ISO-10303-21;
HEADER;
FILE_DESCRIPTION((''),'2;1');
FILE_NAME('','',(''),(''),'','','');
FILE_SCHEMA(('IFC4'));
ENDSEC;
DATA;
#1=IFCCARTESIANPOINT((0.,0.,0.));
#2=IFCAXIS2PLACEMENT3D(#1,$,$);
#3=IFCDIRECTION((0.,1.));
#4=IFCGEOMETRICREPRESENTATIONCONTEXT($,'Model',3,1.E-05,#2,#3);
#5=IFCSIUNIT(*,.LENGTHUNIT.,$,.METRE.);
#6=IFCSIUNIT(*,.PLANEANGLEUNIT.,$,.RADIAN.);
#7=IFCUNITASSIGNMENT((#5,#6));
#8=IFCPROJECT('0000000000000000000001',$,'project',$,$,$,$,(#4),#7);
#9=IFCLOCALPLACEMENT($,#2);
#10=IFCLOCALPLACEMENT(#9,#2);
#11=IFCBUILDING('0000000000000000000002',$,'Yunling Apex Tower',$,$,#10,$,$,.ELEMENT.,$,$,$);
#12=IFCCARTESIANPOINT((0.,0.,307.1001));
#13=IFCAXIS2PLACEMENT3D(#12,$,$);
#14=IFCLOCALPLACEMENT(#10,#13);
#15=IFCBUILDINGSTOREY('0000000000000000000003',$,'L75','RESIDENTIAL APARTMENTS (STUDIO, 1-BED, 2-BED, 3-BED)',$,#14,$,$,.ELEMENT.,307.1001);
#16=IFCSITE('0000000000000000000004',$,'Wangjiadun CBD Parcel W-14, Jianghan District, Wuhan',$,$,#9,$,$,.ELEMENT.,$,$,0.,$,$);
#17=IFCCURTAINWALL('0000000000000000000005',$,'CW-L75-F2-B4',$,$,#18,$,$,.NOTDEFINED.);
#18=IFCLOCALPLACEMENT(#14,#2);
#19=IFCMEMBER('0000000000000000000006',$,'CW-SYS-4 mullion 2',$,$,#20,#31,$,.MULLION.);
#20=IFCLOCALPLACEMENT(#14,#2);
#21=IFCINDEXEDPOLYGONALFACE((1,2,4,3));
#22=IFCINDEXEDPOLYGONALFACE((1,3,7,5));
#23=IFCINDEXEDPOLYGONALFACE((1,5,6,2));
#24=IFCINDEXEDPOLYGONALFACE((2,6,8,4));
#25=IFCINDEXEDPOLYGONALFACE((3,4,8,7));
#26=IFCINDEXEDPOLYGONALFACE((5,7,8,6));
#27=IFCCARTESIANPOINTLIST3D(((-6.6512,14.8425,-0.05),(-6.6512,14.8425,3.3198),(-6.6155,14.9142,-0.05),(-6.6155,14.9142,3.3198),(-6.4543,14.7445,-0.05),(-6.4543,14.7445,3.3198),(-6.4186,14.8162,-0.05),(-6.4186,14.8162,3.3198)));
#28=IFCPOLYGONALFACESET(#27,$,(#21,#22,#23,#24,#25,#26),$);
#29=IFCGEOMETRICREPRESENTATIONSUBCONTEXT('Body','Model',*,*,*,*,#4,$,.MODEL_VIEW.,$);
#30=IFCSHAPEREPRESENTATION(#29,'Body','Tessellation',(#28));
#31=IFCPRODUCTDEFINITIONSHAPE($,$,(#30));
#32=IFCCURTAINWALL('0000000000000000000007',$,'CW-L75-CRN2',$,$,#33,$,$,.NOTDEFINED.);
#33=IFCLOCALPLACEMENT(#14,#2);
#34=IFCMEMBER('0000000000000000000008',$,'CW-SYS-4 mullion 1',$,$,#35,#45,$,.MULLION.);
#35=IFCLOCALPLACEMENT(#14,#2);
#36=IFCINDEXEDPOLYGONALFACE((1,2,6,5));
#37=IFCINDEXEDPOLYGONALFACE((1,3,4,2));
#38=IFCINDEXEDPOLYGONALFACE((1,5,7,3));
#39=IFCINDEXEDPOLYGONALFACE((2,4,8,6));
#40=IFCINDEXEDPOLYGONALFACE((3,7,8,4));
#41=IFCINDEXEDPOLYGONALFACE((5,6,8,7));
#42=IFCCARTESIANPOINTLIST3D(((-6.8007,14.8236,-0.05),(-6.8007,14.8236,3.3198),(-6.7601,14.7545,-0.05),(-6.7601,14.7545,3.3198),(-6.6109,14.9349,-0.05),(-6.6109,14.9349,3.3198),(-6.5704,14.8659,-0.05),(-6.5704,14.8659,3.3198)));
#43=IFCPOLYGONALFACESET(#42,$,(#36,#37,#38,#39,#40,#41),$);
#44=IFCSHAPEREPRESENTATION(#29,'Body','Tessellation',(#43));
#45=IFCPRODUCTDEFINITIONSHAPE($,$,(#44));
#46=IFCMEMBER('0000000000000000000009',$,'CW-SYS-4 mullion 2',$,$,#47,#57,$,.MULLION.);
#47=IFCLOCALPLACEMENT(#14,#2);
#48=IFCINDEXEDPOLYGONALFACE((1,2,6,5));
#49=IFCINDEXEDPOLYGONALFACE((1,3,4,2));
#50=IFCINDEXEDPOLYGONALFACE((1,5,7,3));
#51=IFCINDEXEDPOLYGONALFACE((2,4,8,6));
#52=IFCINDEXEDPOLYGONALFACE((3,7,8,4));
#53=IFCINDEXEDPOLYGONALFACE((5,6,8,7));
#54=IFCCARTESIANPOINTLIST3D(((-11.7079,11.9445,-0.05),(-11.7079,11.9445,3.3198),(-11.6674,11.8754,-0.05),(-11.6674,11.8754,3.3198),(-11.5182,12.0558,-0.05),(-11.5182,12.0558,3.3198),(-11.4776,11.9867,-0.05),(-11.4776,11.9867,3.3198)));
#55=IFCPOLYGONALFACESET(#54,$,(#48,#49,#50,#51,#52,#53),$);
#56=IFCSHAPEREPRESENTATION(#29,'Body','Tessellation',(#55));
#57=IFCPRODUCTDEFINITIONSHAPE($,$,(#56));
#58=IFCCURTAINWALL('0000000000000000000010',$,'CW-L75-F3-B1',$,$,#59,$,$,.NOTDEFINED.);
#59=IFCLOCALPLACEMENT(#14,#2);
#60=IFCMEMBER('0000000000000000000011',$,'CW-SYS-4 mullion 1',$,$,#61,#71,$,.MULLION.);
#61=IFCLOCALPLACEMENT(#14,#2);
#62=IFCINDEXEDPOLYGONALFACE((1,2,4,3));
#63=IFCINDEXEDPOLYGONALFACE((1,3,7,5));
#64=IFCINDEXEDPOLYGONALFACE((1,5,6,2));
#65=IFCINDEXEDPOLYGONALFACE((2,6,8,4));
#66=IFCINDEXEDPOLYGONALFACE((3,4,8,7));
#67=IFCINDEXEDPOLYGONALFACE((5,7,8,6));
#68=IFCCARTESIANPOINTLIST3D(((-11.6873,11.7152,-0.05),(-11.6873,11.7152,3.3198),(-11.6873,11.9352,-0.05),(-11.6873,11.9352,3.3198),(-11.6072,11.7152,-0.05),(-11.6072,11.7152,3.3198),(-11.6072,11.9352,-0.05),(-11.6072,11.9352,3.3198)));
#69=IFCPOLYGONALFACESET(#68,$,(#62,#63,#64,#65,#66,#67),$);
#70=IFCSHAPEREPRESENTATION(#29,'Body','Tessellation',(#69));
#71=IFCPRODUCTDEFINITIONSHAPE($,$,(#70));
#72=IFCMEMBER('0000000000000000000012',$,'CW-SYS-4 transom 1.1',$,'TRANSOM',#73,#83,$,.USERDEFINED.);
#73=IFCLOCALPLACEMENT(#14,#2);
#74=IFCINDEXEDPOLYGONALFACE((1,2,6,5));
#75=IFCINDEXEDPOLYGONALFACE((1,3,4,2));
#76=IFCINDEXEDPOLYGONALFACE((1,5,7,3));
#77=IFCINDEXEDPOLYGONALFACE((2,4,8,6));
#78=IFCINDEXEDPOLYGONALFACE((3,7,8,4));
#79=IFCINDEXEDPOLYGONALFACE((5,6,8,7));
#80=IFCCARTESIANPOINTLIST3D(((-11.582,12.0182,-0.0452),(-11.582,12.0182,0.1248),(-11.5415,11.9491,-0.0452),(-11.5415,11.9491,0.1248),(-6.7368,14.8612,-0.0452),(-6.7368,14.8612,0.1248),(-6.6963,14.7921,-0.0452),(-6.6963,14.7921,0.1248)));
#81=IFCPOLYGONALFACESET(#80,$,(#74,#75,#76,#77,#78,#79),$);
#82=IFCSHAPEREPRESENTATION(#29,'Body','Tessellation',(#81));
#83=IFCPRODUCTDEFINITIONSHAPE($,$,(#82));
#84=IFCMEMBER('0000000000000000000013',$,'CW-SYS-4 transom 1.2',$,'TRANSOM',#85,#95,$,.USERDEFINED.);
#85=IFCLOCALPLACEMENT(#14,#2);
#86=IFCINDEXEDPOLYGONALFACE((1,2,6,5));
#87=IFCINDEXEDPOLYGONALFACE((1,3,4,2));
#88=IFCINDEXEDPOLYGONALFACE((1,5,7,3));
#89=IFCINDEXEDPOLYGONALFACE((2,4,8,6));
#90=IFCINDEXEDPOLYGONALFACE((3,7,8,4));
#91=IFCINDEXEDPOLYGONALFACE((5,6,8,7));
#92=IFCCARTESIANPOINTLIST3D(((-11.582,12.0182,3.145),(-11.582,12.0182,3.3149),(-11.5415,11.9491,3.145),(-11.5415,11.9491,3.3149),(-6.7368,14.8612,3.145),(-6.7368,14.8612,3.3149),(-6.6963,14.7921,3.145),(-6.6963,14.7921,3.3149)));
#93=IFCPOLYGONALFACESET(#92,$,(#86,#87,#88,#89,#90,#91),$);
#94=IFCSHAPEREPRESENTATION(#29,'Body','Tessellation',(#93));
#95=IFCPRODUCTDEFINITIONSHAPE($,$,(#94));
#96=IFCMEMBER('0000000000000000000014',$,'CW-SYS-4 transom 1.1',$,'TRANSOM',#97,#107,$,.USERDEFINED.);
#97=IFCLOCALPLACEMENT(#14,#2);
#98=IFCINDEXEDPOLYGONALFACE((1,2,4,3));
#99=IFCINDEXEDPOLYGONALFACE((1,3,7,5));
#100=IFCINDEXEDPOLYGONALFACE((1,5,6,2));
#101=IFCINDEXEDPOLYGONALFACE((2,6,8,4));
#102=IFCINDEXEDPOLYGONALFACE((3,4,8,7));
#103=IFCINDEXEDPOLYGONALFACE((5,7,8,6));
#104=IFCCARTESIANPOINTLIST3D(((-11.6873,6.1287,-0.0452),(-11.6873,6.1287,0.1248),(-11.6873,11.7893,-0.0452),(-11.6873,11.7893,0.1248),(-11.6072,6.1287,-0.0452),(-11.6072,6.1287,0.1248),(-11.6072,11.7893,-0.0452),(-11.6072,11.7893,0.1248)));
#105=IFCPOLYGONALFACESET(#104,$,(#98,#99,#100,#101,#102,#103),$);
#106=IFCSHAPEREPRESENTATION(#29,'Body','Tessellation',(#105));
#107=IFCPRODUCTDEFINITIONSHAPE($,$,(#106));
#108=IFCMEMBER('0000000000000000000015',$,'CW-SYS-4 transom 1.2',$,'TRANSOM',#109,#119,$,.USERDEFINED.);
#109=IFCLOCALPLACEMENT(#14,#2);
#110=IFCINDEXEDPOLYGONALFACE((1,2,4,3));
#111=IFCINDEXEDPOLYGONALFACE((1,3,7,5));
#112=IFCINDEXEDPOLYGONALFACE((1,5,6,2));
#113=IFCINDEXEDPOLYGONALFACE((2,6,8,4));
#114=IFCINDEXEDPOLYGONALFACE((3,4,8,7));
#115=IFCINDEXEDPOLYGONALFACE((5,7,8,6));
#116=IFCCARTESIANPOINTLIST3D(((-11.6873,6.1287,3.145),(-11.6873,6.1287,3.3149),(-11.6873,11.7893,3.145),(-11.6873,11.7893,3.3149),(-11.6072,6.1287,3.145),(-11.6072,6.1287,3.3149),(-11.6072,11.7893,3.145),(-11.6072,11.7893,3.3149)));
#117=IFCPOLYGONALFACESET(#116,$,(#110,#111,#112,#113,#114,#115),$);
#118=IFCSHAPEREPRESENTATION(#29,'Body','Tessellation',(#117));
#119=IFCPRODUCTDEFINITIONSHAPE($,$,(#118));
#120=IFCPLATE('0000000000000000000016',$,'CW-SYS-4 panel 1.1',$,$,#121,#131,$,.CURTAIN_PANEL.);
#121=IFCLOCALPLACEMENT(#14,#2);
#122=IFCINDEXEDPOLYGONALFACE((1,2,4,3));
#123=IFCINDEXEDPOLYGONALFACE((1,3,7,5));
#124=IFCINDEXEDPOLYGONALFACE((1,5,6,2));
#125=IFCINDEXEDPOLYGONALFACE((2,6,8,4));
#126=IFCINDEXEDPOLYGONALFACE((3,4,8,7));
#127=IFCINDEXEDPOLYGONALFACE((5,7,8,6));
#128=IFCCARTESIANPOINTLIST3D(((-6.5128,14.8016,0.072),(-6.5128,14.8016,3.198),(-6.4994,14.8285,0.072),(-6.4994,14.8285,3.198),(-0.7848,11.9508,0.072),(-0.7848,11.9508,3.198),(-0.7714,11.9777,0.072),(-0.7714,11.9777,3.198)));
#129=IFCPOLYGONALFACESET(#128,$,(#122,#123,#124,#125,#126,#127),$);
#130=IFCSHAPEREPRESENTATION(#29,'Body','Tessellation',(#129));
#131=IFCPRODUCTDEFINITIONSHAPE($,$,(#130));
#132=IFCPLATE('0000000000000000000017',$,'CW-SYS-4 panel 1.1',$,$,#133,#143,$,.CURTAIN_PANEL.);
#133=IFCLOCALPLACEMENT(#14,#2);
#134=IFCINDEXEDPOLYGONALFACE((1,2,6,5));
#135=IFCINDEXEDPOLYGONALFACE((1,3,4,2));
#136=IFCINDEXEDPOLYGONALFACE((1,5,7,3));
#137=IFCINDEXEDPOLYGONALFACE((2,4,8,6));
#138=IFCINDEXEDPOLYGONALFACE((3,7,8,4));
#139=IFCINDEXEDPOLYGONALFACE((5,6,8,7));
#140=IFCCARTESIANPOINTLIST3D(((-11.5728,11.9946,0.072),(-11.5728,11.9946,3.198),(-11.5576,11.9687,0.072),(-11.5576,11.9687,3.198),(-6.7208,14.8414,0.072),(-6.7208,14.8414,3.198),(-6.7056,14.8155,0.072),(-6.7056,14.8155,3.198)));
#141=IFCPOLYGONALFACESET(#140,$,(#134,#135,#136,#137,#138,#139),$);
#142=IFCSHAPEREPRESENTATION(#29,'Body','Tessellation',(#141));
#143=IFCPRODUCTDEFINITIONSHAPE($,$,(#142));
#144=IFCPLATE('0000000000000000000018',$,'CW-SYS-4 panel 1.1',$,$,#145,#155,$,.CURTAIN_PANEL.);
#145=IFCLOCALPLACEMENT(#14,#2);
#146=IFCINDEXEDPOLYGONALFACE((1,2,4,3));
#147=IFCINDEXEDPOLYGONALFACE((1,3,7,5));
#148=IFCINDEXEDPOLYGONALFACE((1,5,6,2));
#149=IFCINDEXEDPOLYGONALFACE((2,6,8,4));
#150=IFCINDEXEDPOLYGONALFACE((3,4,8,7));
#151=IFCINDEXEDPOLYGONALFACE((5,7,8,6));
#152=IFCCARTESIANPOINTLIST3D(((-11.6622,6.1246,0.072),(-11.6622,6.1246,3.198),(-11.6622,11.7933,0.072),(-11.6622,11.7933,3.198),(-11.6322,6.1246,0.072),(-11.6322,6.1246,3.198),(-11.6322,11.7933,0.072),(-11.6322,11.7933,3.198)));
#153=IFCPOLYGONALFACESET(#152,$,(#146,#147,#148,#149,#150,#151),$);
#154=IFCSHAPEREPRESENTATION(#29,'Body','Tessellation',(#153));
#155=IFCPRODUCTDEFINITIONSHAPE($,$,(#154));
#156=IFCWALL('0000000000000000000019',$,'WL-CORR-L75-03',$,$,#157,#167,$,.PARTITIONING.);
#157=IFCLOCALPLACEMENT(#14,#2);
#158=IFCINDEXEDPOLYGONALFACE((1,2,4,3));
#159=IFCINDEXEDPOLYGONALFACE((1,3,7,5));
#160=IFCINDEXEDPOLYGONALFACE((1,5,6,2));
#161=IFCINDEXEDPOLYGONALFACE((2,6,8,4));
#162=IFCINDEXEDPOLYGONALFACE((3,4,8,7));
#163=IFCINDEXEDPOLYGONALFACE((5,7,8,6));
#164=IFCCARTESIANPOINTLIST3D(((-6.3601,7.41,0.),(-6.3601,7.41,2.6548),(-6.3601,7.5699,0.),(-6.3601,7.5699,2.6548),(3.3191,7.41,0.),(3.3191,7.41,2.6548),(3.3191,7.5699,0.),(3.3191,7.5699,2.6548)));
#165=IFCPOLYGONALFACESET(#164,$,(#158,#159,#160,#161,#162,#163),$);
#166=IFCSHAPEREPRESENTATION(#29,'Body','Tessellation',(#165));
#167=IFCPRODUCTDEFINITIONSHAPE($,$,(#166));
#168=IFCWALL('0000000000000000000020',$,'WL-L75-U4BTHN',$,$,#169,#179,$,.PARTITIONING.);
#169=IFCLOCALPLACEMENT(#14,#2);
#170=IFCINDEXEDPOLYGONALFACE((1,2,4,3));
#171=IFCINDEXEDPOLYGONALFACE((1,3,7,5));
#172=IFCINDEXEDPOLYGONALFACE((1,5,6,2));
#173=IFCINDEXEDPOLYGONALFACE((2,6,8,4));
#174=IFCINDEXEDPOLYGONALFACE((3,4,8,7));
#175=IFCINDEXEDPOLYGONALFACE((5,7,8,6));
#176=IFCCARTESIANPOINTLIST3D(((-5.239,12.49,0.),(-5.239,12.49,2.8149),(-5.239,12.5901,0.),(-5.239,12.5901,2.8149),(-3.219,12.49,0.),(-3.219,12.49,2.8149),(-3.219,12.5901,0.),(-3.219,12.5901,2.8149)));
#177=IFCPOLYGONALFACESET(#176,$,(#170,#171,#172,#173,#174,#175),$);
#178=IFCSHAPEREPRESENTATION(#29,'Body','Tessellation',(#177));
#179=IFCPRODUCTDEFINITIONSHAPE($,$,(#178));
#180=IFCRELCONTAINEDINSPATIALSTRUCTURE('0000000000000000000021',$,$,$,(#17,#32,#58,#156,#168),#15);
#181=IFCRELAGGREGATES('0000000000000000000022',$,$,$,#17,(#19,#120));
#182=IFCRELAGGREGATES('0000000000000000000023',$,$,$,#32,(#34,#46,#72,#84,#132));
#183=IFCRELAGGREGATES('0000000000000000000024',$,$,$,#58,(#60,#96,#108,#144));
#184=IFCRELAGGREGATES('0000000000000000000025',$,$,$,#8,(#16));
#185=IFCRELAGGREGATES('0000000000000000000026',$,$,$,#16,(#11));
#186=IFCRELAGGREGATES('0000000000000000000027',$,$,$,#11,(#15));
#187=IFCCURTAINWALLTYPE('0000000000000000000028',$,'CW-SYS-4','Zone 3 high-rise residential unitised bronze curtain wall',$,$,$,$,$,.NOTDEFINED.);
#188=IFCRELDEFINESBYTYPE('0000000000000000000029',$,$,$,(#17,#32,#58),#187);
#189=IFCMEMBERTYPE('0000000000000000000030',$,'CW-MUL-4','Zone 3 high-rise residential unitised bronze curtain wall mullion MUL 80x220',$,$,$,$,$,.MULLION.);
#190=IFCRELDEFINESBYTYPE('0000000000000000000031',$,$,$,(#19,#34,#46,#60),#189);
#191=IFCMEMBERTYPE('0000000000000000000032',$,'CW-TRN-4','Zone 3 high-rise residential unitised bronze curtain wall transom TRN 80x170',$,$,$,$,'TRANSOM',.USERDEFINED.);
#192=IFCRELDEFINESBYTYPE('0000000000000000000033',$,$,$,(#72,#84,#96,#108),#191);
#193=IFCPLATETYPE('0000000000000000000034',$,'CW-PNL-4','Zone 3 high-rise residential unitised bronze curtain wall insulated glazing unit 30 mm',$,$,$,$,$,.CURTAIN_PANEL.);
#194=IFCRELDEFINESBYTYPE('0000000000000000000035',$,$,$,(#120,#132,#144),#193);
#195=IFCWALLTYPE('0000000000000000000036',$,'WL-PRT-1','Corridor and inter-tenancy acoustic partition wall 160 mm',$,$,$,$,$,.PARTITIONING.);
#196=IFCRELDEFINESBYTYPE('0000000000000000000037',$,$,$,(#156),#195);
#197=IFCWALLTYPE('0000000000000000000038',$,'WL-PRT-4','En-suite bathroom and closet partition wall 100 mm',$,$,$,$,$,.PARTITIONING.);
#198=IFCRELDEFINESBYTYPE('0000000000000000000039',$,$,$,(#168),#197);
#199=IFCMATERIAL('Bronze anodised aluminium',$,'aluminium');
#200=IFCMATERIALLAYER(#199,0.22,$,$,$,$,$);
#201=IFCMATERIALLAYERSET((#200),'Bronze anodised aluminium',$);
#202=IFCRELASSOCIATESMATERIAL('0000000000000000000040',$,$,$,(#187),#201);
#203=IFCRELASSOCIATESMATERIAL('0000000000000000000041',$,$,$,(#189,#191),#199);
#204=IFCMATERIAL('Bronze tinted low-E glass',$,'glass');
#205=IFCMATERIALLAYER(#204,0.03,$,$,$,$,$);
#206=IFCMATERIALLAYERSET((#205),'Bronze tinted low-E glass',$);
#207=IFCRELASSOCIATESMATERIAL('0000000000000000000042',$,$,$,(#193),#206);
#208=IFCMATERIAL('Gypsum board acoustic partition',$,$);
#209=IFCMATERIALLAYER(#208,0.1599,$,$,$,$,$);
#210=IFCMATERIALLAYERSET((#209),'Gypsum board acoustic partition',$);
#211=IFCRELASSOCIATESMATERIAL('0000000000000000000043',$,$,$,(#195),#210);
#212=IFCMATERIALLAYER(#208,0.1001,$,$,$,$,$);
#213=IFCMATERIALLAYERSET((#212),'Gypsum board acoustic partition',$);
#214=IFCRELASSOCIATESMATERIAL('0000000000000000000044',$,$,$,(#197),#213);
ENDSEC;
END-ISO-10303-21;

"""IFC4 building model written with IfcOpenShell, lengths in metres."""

from ifc_helpers import new_model, si_unit, direction, frame, frame_2d, origin, origin_2d, place, context, subcontext, project, spatial, rectangle, extrude, source, transform, mapped, material, layer, layer_set, material_profile, profile_set, type_object, element, aggregate, save


model = new_model("IFC4")

# Units and contexts
model_context = context("Model", 3, precision=1e-05, world=origin(), true_north=direction((0.0, 1.0)))
body_context = subcontext(model_context, "Body", "Model", "MODEL_VIEW")
ifc_project = project(units=[si_unit("LENGTHUNIT", "METRE"), si_unit("PLANEANGLEUNIT", "RADIAN")], contexts=[model_context])

# Site, building, storey
site_placement = place(None, origin())
site = spatial("IfcSite", under=ifc_project, at=site_placement, Name="Wangjiadun CBD Parcel W-14, Jianghan District, Wuhan", CompositionType="ELEMENT", RefElevation=0.0)
building_placement = place(site_placement, origin())
building = spatial("IfcBuilding", under=site, at=building_placement, Name="Yunling Apex Tower", CompositionType="ELEMENT")
storey_placement = place(building_placement, frame((0.0, 0.0, 307.1001)))
storey = spatial("IfcBuildingStorey", under=building, at=storey_placement, Name="L75", Description="RESIDENTIAL APARTMENTS (STUDIO, 1-BED, 2-BED, 3-BED)", CompositionType="ELEMENT", Elevation=307.1001)

# Curtain wall, member
ifc_material_1 = material(Name="Bronze anodised aluminium", Category="aluminium")
ifc_layer_1 = layer(ifc_material_1, 0.22)
ifc_layer_set_1 = layer_set([ifc_layer_1], Name="Bronze anodised aluminium")
curtain_wall_type = type_object("IfcCurtainWallType", Name="CW-SYS-4", Description="Zone 3 high-rise residential unitised bronze curtain wall", PredefinedType="NOTDEFINED", material=ifc_layer_set_1)
curtain_wall_1_placement = place(storey_placement, origin())
curtain_wall_1 = element("IfcCurtainWall", 1, at=curtain_wall_1_placement, inside=storey, type_object=curtain_wall_type, Name="CW-L75-F2-B4", PredefinedType="NOTDEFINED")
ifc_material_profile_1 = material_profile(ifc_material_1, rectangle(XDim=0.0801, YDim=0.22, at=origin_2d()))
ifc_profile_set_1 = profile_set([ifc_material_profile_1], Name="Bronze anodised aluminium")
member_type_1 = type_object("IfcMemberType", Name="CW-MUL-4", Description="Zone 3 high-rise residential unitised bronze curtain wall mullion MUL 80x220", PredefinedType="MULLION", material=ifc_profile_set_1)
shared_shape_1 = source(origin(), body_context, "Body", "SweptSolid", [
    extrude(rectangle(XDim=0.0801, YDim=0.22, at=origin_2d()), origin(), (0.0, 0.0, 1.0), 3.3699),
])
member_1_placement = place(storey_placement, frame((-6.5349, 14.8293, -0.05), z_axis=(0.0, 0.0, 1.0), x_axis=(-0.445568, -0.895248, 0.0)))
member_1 = element("IfcMember", 2, at=member_1_placement, type_object=member_type_1, Name="CW-SYS-4 mullion 2", PredefinedType="MULLION", context=body_context, shape_type="MappedRepresentation", body=[
    mapped(shared_shape_1, transform((0.0, 0.0, 0.0), scale=1.0)),
])

# Curtain wall, members
curtain_wall_2_placement = place(storey_placement, origin())
curtain_wall_2 = element("IfcCurtainWall", 3, at=curtain_wall_2_placement, inside=storey, type_object=curtain_wall_type, Name="CW-L75-CRN2", PredefinedType="NOTDEFINED")
member_2_placement = place(storey_placement, frame((-6.6855, 14.8447, -0.05), z_axis=(0.0, 0.0, 1.0), x_axis=(0.506057, -0.8625, 0.0)))
member_2 = element("IfcMember", 4, at=member_2_placement, type_object=member_type_1, Name="CW-SYS-4 mullion 1", PredefinedType="MULLION", context=body_context, shape_type="MappedRepresentation", body=[
    mapped(shared_shape_1, transform((0.0, 0.0, 0.0), scale=1.0)),
])
member_3_placement = place(storey_placement, frame((-11.5928, 11.9656, -0.05), z_axis=(0.0, 0.0, 1.0), x_axis=(0.506057, -0.8625, 0.0)))
member_3 = element("IfcMember", 5, at=member_3_placement, type_object=member_type_1, Name="CW-SYS-4 mullion 2", PredefinedType="MULLION", context=body_context, shape_type="MappedRepresentation", body=[
    mapped(shared_shape_1, transform((0.0, 0.0, 0.0), scale=1.0)),
])

# Curtain wall, member
curtain_wall_3_placement = place(storey_placement, origin())
curtain_wall_3 = element("IfcCurtainWall", 6, at=curtain_wall_3_placement, inside=storey, type_object=curtain_wall_type, Name="CW-L75-F3-B1", PredefinedType="NOTDEFINED")
member_4_placement = place(storey_placement, frame((-11.6472, 11.8252, -0.05), z_axis=(0.0, 0.0, 1.0), x_axis=(1.0, 0.0, 0.0)))
member_4 = element("IfcMember", 7, at=member_4_placement, type_object=member_type_1, Name="CW-SYS-4 mullion 1", PredefinedType="MULLION", context=body_context, shape_type="MappedRepresentation", body=[
    mapped(shared_shape_1, transform((0.0, 0.0, 0.0), scale=1.0)),
])

# Members
ifc_material_profile_2 = material_profile(ifc_material_1, rectangle(XDim=0.0801, YDim=0.1699, at=origin_2d()))
ifc_profile_set_2 = profile_set([ifc_material_profile_2], Name="Bronze anodised aluminium")
member_type_2 = type_object("IfcMemberType", Name="CW-TRN-4", Description="Zone 3 high-rise residential unitised bronze curtain wall transom TRN 80x170", ElementType="TRANSOM", PredefinedType="USERDEFINED", material=ifc_profile_set_2)
shared_shape_2 = source(origin(), body_context, "Body", "SweptSolid", [
    extrude(rectangle(XDim=0.0801, YDim=0.1699, at=origin_2d()), origin(), (0.0, 0.0, 1.0), 5.6177),
])
member_5_placement = place(storey_placement, frame((-6.7166, 14.8267, 0.0398), z_axis=(-0.862487, -0.50608, 0.0), x_axis=(0.50608, -0.862487, 0.0)))
member_5 = element("IfcMember", 8, at=member_5_placement, type_object=member_type_2, Name="CW-SYS-4 transom 1.1", ObjectType="TRANSOM", PredefinedType="USERDEFINED", context=body_context, shape_type="MappedRepresentation", body=[
    mapped(shared_shape_2, transform((0.0, 0.0, 0.0), scale=1.0)),
])
member_6_placement = place(storey_placement, frame((-6.7166, 14.8267, 3.23), z_axis=(-0.862487, -0.50608, 0.0), x_axis=(0.50608, -0.862487, 0.0)))
member_6 = element("IfcMember", 9, at=member_6_placement, type_object=member_type_2, Name="CW-SYS-4 transom 1.2", ObjectType="TRANSOM", PredefinedType="USERDEFINED", context=body_context, shape_type="MappedRepresentation", body=[
    mapped(shared_shape_2, transform((0.0, 0.0, 0.0), scale=1.0)),
])
shared_shape_3 = source(origin(), body_context, "Body", "SweptSolid", [
    extrude(rectangle(XDim=0.0801, YDim=0.1699, at=origin_2d()), origin(), (0.0, 0.0, 1.0), 5.6606),
])
member_7_placement = place(storey_placement, frame((-11.6472, 11.7893, 0.0398), z_axis=(0.0, -1.0, 0.0), x_axis=(1.0, 0.0, 0.0)))
member_7 = element("IfcMember", 10, at=member_7_placement, type_object=member_type_2, Name="CW-SYS-4 transom 1.1", ObjectType="TRANSOM", PredefinedType="USERDEFINED", context=body_context, shape_type="MappedRepresentation", body=[
    mapped(shared_shape_3, transform((0.0, 0.0, 0.0), scale=1.0)),
])
member_8_placement = place(storey_placement, frame((-11.6472, 11.7893, 3.23), z_axis=(0.0, -1.0, 0.0), x_axis=(1.0, 0.0, 0.0)))
member_8 = element("IfcMember", 11, at=member_8_placement, type_object=member_type_2, Name="CW-SYS-4 transom 1.2", ObjectType="TRANSOM", PredefinedType="USERDEFINED", context=body_context, shape_type="MappedRepresentation", body=[
    mapped(shared_shape_3, transform((0.0, 0.0, 0.0), scale=1.0)),
])

# Plates
ifc_material_2 = material(Name="Bronze tinted low-E glass", Category="glass")
ifc_layer_2 = layer(ifc_material_2, 0.03)
ifc_layer_set_2 = layer_set([ifc_layer_2], Name="Bronze tinted low-E glass")
plate_type = type_object("IfcPlateType", Name="CW-PNL-4", Description="Zone 3 high-rise residential unitised bronze curtain wall insulated glazing unit 30 mm", PredefinedType="CURTAIN_PANEL", material=ifc_layer_set_2)
shared_shape_4 = source(origin(), body_context, "Body", "SweptSolid", [
    extrude(rectangle(XDim=6.3982, YDim=0.03, at=origin_2d()), origin(), (0.0, 0.0, 1.0), 3.126),
])
plate_1_placement = place(storey_placement, frame((-3.6421, 13.3896, 0.072), z_axis=(0.0, 0.0, 1.0), x_axis=(-0.895248, 0.445568, 0.0)))
plate_1 = element("IfcPlate", 12, at=plate_1_placement, type_object=plate_type, Name="CW-SYS-4 panel 1.1", PredefinedType="CURTAIN_PANEL", context=body_context, shape_type="MappedRepresentation", body=[
    mapped(shared_shape_4, transform((0.0, 0.0, 0.0), scale=1.0)),
])
aggregate(curtain_wall_1, [member_1, plate_1])
shared_shape_5 = source(origin(), body_context, "Body", "SweptSolid", [
    extrude(rectangle(XDim=5.6255, YDim=0.03, at=origin_2d()), origin(), (0.0, 0.0, 1.0), 3.126),
])
plate_2_placement = place(storey_placement, frame((-9.1392, 13.405, 0.072), z_axis=(0.0, 0.0, 1.0), x_axis=(-0.8625, -0.506057, 0.0)))
plate_2 = element("IfcPlate", 13, at=plate_2_placement, type_object=plate_type, Name="CW-SYS-4 panel 1.1", PredefinedType="CURTAIN_PANEL", context=body_context, shape_type="MappedRepresentation", body=[
    mapped(shared_shape_5, transform((0.0, 0.0, 0.0), scale=1.0)),
])
aggregate(curtain_wall_2, [member_2, member_3, member_5, member_6, plate_2])
shared_shape_6 = source(origin(), body_context, "Body", "SweptSolid", [
    extrude(rectangle(XDim=5.6687, YDim=0.03, at=origin_2d()), origin(), (0.0, 0.0, 1.0), 3.126),
])
plate_3_placement = place(storey_placement, frame((-11.6472, 8.959, 0.072), z_axis=(0.0, 0.0, 1.0), x_axis=(0.0, -1.0, 0.0)))
plate_3 = element("IfcPlate", 14, at=plate_3_placement, type_object=plate_type, Name="CW-SYS-4 panel 1.1", PredefinedType="CURTAIN_PANEL", context=body_context, shape_type="MappedRepresentation", body=[
    mapped(shared_shape_6, transform((0.0, 0.0, 0.0), scale=1.0)),
])
aggregate(curtain_wall_3, [member_4, member_7, member_8, plate_3])

# Walls
ifc_material_3 = material(Name="Gypsum board acoustic partition")
ifc_layer_3 = layer(ifc_material_3, 0.1599)
ifc_layer_set_3 = layer_set([ifc_layer_3], Name="Gypsum board acoustic partition")
wall_type_1 = type_object("IfcWallType", Name="WL-PRT-1", Description="Corridor and inter-tenancy acoustic partition wall 160 mm", PredefinedType="PARTITIONING", material=ifc_layer_set_3)
wall_1_placement = place(storey_placement, frame((-6.3601, 7.49, 0.0), z_axis=(0.0, 0.0, 1.0), x_axis=(1.0, 0.0, 0.0)))
element("IfcWall", 15, at=wall_1_placement, inside=storey, type_object=wall_type_1, Name="WL-CORR-L75-03", PredefinedType="PARTITIONING", context=body_context, shape_type="SweptSolid", body=[
    extrude(rectangle(XDim=9.6792, YDim=0.1599, at=frame_2d((4.8396, 0.0))), origin(), (0.0, 0.0, 1.0), 2.6548),
])
ifc_layer_4 = layer(ifc_material_3, 0.1001)
ifc_layer_set_4 = layer_set([ifc_layer_4], Name="Gypsum board acoustic partition")
wall_type_2 = type_object("IfcWallType", Name="WL-PRT-4", Description="En-suite bathroom and closet partition wall 100 mm", PredefinedType="PARTITIONING", material=ifc_layer_set_4)
wall_2_placement = place(storey_placement, frame((-5.239, 12.54, 0.0), z_axis=(0.0, 0.0, 1.0), x_axis=(1.0, 0.0, 0.0)))
element("IfcWall", 16, at=wall_2_placement, inside=storey, type_object=wall_type_2, Name="WL-L75-U4BTHN", PredefinedType="PARTITIONING", context=body_context, shape_type="SweptSolid", body=[
    extrude(rectangle(XDim=2.02, YDim=0.1001, at=frame_2d((1.01, 0.0))), origin(), (0.0, 0.0, 1.0), 2.8149),
])

save(model, "model.ifc")
